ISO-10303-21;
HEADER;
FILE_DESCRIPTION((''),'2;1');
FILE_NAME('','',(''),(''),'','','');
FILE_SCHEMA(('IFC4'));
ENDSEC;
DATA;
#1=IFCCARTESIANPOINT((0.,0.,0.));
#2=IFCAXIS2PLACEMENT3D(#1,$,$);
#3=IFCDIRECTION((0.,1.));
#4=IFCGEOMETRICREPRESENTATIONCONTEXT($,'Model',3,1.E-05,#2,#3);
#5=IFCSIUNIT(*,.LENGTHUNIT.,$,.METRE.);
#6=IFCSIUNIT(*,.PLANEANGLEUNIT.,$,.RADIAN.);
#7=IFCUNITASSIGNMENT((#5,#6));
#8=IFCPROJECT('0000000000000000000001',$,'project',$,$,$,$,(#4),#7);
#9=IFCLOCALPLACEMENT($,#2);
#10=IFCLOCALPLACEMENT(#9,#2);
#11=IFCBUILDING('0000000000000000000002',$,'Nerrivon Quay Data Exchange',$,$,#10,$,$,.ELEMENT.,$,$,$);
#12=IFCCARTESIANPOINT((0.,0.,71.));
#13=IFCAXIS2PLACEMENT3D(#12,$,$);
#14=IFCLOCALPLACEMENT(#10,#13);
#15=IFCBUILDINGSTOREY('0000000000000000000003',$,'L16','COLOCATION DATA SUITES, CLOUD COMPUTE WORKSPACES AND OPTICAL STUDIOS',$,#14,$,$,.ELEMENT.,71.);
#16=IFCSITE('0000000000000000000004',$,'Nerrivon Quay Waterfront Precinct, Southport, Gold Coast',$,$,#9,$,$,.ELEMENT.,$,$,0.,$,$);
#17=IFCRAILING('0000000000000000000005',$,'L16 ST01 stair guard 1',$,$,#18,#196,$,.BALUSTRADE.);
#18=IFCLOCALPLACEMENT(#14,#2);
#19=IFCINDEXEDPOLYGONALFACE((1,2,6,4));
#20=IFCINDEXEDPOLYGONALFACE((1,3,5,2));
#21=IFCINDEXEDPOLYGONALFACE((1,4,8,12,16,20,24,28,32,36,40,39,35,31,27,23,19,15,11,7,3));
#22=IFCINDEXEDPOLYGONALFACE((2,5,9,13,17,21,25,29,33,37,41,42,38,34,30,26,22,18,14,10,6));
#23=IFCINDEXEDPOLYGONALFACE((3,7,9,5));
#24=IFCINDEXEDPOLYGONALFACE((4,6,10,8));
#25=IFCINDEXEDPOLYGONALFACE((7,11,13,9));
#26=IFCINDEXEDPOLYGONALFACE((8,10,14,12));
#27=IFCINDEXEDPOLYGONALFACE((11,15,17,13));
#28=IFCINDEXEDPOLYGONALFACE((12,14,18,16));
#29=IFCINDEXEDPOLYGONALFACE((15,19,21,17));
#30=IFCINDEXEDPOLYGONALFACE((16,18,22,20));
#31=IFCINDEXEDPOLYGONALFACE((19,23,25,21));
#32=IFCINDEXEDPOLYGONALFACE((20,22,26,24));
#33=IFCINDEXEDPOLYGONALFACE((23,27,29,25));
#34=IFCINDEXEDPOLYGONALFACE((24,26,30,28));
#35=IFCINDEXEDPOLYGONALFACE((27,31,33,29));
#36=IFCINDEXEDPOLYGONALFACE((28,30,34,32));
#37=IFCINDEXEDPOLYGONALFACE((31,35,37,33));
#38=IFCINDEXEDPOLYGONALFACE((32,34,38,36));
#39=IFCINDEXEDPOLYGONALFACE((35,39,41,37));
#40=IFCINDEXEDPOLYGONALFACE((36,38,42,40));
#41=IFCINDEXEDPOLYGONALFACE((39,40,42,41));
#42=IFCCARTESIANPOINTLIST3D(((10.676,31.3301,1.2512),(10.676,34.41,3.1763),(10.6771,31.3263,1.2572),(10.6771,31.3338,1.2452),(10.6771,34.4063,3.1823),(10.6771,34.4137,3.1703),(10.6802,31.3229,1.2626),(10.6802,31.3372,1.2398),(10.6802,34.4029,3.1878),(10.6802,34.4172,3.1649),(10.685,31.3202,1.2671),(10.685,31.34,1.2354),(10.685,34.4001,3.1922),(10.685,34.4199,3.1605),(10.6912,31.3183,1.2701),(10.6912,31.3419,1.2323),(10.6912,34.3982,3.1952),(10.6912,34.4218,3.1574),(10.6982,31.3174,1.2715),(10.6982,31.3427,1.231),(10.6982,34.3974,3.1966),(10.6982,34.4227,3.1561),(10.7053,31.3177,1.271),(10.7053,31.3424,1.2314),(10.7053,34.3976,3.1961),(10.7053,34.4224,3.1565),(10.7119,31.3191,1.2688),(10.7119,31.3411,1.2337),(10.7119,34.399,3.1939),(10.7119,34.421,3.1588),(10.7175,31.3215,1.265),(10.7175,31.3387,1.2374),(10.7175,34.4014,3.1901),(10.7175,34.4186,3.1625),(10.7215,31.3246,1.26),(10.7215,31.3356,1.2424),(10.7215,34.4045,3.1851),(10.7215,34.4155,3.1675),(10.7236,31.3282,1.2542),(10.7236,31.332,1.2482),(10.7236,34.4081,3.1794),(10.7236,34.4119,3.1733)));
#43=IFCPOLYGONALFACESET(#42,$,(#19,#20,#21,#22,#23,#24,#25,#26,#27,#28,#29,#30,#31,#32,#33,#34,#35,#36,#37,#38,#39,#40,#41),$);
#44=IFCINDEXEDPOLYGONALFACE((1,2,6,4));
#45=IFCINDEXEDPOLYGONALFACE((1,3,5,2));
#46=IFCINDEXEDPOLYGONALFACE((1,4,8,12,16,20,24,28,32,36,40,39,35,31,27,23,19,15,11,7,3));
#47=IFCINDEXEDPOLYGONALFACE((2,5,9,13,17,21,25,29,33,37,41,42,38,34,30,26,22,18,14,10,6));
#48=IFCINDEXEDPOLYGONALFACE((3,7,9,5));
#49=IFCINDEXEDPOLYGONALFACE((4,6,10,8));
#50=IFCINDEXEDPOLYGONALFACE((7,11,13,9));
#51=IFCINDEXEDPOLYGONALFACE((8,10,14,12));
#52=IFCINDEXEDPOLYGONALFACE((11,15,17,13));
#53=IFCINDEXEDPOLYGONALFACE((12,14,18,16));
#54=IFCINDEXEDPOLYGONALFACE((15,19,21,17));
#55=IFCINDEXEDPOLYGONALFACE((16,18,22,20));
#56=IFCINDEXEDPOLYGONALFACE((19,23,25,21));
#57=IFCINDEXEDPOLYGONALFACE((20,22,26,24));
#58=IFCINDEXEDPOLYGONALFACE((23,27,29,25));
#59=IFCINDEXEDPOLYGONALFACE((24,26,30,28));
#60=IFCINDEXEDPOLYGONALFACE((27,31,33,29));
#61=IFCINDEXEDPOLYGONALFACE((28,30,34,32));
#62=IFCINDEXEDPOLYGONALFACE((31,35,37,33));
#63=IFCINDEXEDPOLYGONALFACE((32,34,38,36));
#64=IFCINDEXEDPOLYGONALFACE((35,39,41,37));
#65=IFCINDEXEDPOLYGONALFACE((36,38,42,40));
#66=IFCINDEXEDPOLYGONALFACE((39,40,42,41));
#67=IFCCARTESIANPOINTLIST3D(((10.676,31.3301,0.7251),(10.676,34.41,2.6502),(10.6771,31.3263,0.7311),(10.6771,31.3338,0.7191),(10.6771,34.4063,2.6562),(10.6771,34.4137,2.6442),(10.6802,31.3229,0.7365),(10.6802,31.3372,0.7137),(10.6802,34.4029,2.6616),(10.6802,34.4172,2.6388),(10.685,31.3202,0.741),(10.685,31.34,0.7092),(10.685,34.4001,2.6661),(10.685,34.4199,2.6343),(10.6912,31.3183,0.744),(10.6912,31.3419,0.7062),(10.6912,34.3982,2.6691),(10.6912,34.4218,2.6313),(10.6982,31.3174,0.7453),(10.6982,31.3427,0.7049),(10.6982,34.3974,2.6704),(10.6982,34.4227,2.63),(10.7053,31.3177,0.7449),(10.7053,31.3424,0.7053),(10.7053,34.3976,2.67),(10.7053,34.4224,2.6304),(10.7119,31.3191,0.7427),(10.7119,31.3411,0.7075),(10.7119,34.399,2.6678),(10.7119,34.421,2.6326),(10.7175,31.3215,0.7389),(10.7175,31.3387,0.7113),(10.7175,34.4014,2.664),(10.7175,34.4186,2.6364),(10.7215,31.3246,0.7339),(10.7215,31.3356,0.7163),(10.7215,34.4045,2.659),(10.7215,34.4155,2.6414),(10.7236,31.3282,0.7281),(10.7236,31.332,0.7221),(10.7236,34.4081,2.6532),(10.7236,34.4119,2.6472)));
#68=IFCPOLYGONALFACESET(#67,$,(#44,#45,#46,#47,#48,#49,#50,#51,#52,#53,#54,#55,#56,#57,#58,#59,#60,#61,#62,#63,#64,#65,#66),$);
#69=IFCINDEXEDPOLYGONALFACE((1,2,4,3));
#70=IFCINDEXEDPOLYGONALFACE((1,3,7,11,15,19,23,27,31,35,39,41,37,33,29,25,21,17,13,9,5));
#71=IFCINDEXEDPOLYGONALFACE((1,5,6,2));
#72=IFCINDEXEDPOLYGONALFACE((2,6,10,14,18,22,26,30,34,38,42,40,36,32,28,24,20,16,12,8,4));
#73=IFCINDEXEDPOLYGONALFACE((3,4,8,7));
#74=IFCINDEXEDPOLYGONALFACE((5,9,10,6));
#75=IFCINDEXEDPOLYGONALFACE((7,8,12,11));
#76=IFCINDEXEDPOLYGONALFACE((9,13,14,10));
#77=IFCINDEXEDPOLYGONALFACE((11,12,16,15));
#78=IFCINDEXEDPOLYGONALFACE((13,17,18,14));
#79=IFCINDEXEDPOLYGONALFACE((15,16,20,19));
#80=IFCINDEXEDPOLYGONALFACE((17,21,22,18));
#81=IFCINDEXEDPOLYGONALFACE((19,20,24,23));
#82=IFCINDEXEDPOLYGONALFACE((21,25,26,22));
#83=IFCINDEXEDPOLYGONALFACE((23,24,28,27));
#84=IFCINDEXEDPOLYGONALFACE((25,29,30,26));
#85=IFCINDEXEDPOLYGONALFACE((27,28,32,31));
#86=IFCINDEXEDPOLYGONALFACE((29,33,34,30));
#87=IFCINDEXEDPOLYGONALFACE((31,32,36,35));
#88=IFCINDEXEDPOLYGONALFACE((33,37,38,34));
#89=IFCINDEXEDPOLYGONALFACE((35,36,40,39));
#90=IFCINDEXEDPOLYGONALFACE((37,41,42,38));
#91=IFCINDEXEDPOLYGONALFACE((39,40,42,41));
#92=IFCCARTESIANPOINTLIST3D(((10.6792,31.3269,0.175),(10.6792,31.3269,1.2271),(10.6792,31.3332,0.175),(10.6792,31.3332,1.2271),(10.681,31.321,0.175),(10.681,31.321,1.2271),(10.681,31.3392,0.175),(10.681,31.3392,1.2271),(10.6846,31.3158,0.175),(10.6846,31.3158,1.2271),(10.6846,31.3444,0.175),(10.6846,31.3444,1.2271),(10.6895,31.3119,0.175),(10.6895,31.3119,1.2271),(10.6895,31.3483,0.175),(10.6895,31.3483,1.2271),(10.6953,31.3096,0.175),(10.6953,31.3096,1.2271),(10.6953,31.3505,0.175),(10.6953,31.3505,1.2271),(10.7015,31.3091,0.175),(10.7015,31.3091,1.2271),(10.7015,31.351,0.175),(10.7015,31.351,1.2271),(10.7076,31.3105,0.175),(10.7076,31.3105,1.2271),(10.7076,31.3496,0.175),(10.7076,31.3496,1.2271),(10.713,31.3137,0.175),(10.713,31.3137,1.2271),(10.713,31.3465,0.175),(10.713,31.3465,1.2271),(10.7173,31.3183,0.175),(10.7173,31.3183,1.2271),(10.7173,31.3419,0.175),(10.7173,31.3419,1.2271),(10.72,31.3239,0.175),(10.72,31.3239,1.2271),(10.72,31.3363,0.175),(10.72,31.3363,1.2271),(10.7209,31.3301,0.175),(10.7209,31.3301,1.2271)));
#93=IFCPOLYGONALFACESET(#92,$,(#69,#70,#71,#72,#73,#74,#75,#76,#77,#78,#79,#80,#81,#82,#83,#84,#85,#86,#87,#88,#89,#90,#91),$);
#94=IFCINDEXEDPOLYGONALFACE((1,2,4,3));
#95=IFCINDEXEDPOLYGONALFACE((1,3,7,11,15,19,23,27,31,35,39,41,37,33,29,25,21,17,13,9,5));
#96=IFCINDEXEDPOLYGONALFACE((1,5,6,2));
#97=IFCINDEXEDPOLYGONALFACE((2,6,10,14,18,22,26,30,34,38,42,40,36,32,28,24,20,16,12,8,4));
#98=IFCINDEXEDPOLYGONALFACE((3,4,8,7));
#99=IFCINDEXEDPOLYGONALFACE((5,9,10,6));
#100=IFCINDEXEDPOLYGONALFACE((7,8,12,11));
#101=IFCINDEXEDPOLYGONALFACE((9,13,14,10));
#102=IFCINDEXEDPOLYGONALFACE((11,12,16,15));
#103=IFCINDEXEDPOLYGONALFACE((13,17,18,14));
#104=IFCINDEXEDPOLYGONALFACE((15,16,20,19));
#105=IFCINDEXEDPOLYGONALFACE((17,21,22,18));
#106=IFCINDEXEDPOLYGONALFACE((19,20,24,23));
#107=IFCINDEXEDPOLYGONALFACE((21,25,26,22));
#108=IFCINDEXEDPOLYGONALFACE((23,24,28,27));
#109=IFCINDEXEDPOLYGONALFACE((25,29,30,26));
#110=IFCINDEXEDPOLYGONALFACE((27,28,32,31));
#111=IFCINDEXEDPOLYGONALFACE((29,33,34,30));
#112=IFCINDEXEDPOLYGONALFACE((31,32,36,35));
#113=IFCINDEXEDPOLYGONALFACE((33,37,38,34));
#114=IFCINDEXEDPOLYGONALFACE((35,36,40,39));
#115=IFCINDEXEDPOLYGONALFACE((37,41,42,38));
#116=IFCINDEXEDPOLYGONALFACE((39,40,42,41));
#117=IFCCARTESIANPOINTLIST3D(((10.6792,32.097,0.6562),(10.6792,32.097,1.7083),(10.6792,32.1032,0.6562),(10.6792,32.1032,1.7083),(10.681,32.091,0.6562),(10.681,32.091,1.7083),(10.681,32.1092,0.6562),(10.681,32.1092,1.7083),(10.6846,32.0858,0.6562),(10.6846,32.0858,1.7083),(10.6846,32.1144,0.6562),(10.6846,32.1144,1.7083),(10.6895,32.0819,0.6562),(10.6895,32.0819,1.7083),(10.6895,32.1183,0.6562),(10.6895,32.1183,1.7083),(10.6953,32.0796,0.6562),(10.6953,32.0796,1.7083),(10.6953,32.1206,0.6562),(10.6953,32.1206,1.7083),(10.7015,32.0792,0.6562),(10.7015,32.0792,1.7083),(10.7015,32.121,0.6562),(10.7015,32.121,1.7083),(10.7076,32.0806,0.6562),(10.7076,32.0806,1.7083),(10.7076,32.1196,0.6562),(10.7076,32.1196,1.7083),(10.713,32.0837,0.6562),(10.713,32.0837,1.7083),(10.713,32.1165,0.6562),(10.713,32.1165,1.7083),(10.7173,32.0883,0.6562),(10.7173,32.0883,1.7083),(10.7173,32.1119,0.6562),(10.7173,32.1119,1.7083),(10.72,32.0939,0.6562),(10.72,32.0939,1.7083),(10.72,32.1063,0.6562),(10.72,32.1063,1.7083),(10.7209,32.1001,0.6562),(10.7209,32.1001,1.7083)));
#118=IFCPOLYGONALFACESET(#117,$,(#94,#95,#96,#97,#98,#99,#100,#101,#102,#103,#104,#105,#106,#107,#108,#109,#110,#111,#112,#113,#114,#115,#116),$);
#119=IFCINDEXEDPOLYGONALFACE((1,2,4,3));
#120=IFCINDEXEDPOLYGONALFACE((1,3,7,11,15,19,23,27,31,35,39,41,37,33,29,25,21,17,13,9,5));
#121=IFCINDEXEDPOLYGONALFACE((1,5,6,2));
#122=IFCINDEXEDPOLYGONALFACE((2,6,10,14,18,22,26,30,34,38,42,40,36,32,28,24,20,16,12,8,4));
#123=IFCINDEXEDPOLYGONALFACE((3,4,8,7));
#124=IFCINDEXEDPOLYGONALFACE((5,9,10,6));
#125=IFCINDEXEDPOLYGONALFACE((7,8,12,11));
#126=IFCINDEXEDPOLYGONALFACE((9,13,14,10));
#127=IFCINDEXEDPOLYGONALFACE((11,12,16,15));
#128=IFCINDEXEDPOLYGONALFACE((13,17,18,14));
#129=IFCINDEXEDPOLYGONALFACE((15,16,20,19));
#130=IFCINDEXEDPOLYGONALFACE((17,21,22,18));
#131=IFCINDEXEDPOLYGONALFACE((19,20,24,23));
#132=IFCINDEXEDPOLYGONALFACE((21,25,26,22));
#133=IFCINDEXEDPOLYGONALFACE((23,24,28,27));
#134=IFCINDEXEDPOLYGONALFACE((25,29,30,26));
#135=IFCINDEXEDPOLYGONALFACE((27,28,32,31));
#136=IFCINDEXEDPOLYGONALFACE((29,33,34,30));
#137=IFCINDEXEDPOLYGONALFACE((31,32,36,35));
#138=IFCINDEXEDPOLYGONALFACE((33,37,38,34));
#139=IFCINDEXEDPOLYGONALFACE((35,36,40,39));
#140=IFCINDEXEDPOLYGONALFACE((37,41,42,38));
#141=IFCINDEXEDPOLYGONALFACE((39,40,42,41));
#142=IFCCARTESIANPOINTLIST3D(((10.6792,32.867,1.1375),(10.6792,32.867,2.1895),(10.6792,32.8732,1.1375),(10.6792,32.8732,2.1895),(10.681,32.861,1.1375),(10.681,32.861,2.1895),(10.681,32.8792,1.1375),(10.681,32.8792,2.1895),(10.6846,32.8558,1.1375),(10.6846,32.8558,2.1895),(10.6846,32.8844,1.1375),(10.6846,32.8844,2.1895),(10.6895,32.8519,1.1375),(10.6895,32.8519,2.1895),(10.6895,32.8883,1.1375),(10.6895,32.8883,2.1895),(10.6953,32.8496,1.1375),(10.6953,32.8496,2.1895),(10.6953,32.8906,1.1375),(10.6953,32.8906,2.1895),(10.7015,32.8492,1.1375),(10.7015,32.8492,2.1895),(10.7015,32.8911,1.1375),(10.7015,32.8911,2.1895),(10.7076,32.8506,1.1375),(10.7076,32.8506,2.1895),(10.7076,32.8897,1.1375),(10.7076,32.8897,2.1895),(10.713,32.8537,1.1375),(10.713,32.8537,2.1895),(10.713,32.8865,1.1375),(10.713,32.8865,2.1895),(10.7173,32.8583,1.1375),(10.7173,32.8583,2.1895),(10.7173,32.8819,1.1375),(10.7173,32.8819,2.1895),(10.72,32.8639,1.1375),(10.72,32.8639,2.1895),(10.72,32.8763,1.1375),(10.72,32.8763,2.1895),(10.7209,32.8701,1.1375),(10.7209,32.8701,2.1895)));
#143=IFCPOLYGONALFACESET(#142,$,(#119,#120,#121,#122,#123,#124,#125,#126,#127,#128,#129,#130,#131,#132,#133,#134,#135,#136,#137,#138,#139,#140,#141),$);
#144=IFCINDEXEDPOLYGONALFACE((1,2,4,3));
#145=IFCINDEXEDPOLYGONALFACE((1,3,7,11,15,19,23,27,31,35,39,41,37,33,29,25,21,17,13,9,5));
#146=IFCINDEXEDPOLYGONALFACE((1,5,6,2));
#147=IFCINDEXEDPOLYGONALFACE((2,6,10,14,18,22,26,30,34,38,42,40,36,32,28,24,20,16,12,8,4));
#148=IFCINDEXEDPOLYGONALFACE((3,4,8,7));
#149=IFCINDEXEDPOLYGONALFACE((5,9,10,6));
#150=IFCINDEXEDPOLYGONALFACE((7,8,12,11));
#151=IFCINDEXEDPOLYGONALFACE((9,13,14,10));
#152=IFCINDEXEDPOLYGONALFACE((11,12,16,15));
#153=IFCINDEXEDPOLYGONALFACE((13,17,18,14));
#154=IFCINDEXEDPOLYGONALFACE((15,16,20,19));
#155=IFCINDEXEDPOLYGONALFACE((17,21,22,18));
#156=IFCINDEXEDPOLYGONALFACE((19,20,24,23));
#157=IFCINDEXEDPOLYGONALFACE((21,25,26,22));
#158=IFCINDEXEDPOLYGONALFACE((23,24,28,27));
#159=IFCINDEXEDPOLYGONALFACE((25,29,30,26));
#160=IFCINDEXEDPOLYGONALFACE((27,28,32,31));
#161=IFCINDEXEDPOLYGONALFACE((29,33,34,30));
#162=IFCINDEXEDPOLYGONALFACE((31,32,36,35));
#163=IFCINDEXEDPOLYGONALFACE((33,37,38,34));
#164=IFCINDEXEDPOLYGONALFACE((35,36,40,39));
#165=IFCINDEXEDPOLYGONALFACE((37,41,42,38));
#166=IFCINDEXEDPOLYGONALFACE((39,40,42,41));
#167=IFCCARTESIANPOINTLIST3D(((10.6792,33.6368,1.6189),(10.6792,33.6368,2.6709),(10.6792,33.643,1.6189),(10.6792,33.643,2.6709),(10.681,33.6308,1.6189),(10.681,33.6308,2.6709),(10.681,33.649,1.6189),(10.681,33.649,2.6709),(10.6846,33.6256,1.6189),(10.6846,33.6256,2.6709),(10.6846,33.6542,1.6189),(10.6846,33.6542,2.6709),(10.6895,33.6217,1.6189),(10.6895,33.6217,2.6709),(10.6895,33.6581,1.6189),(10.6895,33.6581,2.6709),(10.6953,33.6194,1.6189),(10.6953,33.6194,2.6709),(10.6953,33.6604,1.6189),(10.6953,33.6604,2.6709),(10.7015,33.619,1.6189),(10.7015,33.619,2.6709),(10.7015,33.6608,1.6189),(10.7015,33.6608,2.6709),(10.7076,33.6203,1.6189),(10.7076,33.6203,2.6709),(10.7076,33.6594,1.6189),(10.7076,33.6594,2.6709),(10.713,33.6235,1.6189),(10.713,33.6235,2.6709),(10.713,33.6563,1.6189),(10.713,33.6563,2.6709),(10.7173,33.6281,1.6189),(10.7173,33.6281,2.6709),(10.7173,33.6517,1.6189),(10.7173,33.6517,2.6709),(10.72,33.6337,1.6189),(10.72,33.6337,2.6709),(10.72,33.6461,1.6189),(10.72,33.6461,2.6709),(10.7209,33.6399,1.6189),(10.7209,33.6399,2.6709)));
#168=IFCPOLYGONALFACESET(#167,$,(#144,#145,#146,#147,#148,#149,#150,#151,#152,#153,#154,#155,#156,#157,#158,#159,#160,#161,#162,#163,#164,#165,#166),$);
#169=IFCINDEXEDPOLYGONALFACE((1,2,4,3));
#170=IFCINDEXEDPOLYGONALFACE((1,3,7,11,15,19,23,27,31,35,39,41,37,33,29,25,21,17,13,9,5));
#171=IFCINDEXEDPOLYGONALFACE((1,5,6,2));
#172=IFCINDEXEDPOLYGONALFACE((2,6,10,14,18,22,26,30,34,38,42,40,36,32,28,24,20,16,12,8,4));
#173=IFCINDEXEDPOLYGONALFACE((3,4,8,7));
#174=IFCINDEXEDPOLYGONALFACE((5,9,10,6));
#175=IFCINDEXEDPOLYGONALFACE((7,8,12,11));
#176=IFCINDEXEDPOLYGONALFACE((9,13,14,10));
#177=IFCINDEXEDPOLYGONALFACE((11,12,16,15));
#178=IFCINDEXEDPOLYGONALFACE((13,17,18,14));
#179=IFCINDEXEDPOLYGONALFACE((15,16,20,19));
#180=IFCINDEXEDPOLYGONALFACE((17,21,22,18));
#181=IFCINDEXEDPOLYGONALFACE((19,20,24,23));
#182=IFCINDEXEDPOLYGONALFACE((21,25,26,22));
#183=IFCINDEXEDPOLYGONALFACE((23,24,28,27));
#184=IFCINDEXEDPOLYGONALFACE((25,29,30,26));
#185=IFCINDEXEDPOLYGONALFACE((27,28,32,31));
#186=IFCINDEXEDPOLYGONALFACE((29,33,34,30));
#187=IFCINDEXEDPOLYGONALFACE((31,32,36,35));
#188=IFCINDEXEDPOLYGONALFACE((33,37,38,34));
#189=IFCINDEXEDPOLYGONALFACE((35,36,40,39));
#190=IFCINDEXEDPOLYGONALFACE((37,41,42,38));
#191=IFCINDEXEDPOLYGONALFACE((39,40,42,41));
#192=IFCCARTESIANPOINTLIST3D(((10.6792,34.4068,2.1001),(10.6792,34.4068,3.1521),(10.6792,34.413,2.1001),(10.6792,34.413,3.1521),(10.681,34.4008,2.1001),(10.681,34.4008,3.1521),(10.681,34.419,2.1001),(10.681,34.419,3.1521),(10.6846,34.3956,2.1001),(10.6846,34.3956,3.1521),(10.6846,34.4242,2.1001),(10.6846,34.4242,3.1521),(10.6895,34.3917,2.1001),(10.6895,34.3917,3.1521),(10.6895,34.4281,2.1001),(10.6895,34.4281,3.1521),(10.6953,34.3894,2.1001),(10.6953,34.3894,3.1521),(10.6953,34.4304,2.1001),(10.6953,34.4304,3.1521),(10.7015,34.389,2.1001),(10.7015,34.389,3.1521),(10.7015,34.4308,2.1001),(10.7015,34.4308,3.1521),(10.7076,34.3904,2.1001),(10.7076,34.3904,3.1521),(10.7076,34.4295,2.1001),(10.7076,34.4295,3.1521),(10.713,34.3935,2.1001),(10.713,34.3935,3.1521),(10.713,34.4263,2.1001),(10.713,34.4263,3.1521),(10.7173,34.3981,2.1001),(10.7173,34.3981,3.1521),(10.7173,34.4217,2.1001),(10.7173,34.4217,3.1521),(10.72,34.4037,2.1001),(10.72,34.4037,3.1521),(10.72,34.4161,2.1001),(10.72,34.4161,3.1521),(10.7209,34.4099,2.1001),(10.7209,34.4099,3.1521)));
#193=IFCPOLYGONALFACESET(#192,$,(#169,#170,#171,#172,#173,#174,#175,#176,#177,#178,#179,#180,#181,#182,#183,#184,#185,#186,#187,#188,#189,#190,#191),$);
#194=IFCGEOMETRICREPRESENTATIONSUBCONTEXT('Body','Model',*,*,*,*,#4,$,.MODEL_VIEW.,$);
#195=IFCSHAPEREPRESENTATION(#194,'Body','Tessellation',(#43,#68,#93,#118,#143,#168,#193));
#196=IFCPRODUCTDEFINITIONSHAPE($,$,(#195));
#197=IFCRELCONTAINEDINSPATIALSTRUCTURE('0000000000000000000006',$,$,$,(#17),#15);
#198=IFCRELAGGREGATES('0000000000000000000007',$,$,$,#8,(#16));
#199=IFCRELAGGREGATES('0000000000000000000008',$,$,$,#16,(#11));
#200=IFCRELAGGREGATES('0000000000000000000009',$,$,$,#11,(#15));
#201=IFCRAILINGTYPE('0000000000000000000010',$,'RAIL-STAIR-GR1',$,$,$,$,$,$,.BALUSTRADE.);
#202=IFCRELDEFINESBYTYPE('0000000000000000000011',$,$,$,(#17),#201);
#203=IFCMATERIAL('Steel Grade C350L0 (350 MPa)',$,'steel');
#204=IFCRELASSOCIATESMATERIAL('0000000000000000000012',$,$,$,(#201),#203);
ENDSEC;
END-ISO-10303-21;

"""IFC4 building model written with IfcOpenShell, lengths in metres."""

from ifc_helpers import new_model, si_unit, direction, frame, origin, origin_2d, place, context, subcontext, project, spatial, circle, extrude, material, type_object, element, save


model = new_model("IFC4")

# Units and contexts
model_context = context("Model", 3, precision=1e-05, world=origin(), true_north=direction((0.0, 1.0)))
body_context = subcontext(model_context, "Body", "Model", "MODEL_VIEW")
ifc_project = project(units=[si_unit("LENGTHUNIT", "METRE"), si_unit("PLANEANGLEUNIT", "RADIAN")], contexts=[model_context])

# Site, building, storey
site_placement = place(None, origin())
site = spatial("IfcSite", under=ifc_project, at=site_placement, Name="Nerrivon Quay Waterfront Precinct, Southport, Gold Coast", CompositionType="ELEMENT", RefElevation=0.0)
building_placement = place(site_placement, origin())
building = spatial("IfcBuilding", under=site, at=building_placement, Name="Nerrivon Quay Data Exchange", CompositionType="ELEMENT")
storey_placement = place(building_placement, frame((0.0, 0.0, 71.0)))
storey = spatial("IfcBuildingStorey", under=building, at=storey_placement, Name="L16", Description="COLOCATION DATA SUITES, CLOUD COMPUTE WORKSPACES AND OPTICAL STUDIOS", CompositionType="ELEMENT", Elevation=71.0)

# Railing
ifc_material_1 = material(Name="Steel Grade C350L0 (350 MPa)", Category="steel")
railing_type_1 = type_object("IfcRailingType", Name="RAIL-STAIR-GR1", PredefinedType="BALUSTRADE", material=ifc_material_1)
railing_1_placement = place(storey_placement, frame((10.7, 31.3301, 0.175)))
element("IfcRailing", 1, at=railing_1_placement, inside=storey, type_object=railing_type_1, Name="L16 ST01 stair guard 1", PredefinedType="BALUSTRADE", context=body_context, shape_type="SweptSolid", body=[
    extrude(circle(Radius=0.0239, at=origin_2d()), frame((0.0, 0.0, 1.0762), z_axis=(0.0, 0.847979, 0.530029), x_axis=(-1.0, 0.0, 0.0)), (0.0, 0.0, 1.0), 3.6321),
    extrude(circle(Radius=0.0239, at=origin_2d()), frame((0.0, 0.0, 0.55), z_axis=(0.0, 0.847979, 0.530029), x_axis=(-1.0, 0.0, 0.0)), (0.0, 0.0, 1.0), 3.6321),
    extrude(circle(Radius=0.021, at=origin_2d()), origin(), (0.0, 0.0, 1.0), 1.052),
    extrude(circle(Radius=0.021, at=origin_2d()), frame((0.0, 0.77, 0.4812)), (0.0, 0.0, 1.0), 1.052),
    extrude(circle(Radius=0.021, at=origin_2d()), frame((0.0, 1.54, 0.9624)), (0.0, 0.0, 1.0), 1.052),
    extrude(circle(Radius=0.021, at=origin_2d()), frame((0.0, 2.3098, 1.4438)), (0.0, 0.0, 1.0), 1.052),
    extrude(circle(Radius=0.021, at=origin_2d()), frame((0.0, 3.0798, 1.925)), (0.0, 0.0, 1.0), 1.052),
])

save(model, "model.ifc")
